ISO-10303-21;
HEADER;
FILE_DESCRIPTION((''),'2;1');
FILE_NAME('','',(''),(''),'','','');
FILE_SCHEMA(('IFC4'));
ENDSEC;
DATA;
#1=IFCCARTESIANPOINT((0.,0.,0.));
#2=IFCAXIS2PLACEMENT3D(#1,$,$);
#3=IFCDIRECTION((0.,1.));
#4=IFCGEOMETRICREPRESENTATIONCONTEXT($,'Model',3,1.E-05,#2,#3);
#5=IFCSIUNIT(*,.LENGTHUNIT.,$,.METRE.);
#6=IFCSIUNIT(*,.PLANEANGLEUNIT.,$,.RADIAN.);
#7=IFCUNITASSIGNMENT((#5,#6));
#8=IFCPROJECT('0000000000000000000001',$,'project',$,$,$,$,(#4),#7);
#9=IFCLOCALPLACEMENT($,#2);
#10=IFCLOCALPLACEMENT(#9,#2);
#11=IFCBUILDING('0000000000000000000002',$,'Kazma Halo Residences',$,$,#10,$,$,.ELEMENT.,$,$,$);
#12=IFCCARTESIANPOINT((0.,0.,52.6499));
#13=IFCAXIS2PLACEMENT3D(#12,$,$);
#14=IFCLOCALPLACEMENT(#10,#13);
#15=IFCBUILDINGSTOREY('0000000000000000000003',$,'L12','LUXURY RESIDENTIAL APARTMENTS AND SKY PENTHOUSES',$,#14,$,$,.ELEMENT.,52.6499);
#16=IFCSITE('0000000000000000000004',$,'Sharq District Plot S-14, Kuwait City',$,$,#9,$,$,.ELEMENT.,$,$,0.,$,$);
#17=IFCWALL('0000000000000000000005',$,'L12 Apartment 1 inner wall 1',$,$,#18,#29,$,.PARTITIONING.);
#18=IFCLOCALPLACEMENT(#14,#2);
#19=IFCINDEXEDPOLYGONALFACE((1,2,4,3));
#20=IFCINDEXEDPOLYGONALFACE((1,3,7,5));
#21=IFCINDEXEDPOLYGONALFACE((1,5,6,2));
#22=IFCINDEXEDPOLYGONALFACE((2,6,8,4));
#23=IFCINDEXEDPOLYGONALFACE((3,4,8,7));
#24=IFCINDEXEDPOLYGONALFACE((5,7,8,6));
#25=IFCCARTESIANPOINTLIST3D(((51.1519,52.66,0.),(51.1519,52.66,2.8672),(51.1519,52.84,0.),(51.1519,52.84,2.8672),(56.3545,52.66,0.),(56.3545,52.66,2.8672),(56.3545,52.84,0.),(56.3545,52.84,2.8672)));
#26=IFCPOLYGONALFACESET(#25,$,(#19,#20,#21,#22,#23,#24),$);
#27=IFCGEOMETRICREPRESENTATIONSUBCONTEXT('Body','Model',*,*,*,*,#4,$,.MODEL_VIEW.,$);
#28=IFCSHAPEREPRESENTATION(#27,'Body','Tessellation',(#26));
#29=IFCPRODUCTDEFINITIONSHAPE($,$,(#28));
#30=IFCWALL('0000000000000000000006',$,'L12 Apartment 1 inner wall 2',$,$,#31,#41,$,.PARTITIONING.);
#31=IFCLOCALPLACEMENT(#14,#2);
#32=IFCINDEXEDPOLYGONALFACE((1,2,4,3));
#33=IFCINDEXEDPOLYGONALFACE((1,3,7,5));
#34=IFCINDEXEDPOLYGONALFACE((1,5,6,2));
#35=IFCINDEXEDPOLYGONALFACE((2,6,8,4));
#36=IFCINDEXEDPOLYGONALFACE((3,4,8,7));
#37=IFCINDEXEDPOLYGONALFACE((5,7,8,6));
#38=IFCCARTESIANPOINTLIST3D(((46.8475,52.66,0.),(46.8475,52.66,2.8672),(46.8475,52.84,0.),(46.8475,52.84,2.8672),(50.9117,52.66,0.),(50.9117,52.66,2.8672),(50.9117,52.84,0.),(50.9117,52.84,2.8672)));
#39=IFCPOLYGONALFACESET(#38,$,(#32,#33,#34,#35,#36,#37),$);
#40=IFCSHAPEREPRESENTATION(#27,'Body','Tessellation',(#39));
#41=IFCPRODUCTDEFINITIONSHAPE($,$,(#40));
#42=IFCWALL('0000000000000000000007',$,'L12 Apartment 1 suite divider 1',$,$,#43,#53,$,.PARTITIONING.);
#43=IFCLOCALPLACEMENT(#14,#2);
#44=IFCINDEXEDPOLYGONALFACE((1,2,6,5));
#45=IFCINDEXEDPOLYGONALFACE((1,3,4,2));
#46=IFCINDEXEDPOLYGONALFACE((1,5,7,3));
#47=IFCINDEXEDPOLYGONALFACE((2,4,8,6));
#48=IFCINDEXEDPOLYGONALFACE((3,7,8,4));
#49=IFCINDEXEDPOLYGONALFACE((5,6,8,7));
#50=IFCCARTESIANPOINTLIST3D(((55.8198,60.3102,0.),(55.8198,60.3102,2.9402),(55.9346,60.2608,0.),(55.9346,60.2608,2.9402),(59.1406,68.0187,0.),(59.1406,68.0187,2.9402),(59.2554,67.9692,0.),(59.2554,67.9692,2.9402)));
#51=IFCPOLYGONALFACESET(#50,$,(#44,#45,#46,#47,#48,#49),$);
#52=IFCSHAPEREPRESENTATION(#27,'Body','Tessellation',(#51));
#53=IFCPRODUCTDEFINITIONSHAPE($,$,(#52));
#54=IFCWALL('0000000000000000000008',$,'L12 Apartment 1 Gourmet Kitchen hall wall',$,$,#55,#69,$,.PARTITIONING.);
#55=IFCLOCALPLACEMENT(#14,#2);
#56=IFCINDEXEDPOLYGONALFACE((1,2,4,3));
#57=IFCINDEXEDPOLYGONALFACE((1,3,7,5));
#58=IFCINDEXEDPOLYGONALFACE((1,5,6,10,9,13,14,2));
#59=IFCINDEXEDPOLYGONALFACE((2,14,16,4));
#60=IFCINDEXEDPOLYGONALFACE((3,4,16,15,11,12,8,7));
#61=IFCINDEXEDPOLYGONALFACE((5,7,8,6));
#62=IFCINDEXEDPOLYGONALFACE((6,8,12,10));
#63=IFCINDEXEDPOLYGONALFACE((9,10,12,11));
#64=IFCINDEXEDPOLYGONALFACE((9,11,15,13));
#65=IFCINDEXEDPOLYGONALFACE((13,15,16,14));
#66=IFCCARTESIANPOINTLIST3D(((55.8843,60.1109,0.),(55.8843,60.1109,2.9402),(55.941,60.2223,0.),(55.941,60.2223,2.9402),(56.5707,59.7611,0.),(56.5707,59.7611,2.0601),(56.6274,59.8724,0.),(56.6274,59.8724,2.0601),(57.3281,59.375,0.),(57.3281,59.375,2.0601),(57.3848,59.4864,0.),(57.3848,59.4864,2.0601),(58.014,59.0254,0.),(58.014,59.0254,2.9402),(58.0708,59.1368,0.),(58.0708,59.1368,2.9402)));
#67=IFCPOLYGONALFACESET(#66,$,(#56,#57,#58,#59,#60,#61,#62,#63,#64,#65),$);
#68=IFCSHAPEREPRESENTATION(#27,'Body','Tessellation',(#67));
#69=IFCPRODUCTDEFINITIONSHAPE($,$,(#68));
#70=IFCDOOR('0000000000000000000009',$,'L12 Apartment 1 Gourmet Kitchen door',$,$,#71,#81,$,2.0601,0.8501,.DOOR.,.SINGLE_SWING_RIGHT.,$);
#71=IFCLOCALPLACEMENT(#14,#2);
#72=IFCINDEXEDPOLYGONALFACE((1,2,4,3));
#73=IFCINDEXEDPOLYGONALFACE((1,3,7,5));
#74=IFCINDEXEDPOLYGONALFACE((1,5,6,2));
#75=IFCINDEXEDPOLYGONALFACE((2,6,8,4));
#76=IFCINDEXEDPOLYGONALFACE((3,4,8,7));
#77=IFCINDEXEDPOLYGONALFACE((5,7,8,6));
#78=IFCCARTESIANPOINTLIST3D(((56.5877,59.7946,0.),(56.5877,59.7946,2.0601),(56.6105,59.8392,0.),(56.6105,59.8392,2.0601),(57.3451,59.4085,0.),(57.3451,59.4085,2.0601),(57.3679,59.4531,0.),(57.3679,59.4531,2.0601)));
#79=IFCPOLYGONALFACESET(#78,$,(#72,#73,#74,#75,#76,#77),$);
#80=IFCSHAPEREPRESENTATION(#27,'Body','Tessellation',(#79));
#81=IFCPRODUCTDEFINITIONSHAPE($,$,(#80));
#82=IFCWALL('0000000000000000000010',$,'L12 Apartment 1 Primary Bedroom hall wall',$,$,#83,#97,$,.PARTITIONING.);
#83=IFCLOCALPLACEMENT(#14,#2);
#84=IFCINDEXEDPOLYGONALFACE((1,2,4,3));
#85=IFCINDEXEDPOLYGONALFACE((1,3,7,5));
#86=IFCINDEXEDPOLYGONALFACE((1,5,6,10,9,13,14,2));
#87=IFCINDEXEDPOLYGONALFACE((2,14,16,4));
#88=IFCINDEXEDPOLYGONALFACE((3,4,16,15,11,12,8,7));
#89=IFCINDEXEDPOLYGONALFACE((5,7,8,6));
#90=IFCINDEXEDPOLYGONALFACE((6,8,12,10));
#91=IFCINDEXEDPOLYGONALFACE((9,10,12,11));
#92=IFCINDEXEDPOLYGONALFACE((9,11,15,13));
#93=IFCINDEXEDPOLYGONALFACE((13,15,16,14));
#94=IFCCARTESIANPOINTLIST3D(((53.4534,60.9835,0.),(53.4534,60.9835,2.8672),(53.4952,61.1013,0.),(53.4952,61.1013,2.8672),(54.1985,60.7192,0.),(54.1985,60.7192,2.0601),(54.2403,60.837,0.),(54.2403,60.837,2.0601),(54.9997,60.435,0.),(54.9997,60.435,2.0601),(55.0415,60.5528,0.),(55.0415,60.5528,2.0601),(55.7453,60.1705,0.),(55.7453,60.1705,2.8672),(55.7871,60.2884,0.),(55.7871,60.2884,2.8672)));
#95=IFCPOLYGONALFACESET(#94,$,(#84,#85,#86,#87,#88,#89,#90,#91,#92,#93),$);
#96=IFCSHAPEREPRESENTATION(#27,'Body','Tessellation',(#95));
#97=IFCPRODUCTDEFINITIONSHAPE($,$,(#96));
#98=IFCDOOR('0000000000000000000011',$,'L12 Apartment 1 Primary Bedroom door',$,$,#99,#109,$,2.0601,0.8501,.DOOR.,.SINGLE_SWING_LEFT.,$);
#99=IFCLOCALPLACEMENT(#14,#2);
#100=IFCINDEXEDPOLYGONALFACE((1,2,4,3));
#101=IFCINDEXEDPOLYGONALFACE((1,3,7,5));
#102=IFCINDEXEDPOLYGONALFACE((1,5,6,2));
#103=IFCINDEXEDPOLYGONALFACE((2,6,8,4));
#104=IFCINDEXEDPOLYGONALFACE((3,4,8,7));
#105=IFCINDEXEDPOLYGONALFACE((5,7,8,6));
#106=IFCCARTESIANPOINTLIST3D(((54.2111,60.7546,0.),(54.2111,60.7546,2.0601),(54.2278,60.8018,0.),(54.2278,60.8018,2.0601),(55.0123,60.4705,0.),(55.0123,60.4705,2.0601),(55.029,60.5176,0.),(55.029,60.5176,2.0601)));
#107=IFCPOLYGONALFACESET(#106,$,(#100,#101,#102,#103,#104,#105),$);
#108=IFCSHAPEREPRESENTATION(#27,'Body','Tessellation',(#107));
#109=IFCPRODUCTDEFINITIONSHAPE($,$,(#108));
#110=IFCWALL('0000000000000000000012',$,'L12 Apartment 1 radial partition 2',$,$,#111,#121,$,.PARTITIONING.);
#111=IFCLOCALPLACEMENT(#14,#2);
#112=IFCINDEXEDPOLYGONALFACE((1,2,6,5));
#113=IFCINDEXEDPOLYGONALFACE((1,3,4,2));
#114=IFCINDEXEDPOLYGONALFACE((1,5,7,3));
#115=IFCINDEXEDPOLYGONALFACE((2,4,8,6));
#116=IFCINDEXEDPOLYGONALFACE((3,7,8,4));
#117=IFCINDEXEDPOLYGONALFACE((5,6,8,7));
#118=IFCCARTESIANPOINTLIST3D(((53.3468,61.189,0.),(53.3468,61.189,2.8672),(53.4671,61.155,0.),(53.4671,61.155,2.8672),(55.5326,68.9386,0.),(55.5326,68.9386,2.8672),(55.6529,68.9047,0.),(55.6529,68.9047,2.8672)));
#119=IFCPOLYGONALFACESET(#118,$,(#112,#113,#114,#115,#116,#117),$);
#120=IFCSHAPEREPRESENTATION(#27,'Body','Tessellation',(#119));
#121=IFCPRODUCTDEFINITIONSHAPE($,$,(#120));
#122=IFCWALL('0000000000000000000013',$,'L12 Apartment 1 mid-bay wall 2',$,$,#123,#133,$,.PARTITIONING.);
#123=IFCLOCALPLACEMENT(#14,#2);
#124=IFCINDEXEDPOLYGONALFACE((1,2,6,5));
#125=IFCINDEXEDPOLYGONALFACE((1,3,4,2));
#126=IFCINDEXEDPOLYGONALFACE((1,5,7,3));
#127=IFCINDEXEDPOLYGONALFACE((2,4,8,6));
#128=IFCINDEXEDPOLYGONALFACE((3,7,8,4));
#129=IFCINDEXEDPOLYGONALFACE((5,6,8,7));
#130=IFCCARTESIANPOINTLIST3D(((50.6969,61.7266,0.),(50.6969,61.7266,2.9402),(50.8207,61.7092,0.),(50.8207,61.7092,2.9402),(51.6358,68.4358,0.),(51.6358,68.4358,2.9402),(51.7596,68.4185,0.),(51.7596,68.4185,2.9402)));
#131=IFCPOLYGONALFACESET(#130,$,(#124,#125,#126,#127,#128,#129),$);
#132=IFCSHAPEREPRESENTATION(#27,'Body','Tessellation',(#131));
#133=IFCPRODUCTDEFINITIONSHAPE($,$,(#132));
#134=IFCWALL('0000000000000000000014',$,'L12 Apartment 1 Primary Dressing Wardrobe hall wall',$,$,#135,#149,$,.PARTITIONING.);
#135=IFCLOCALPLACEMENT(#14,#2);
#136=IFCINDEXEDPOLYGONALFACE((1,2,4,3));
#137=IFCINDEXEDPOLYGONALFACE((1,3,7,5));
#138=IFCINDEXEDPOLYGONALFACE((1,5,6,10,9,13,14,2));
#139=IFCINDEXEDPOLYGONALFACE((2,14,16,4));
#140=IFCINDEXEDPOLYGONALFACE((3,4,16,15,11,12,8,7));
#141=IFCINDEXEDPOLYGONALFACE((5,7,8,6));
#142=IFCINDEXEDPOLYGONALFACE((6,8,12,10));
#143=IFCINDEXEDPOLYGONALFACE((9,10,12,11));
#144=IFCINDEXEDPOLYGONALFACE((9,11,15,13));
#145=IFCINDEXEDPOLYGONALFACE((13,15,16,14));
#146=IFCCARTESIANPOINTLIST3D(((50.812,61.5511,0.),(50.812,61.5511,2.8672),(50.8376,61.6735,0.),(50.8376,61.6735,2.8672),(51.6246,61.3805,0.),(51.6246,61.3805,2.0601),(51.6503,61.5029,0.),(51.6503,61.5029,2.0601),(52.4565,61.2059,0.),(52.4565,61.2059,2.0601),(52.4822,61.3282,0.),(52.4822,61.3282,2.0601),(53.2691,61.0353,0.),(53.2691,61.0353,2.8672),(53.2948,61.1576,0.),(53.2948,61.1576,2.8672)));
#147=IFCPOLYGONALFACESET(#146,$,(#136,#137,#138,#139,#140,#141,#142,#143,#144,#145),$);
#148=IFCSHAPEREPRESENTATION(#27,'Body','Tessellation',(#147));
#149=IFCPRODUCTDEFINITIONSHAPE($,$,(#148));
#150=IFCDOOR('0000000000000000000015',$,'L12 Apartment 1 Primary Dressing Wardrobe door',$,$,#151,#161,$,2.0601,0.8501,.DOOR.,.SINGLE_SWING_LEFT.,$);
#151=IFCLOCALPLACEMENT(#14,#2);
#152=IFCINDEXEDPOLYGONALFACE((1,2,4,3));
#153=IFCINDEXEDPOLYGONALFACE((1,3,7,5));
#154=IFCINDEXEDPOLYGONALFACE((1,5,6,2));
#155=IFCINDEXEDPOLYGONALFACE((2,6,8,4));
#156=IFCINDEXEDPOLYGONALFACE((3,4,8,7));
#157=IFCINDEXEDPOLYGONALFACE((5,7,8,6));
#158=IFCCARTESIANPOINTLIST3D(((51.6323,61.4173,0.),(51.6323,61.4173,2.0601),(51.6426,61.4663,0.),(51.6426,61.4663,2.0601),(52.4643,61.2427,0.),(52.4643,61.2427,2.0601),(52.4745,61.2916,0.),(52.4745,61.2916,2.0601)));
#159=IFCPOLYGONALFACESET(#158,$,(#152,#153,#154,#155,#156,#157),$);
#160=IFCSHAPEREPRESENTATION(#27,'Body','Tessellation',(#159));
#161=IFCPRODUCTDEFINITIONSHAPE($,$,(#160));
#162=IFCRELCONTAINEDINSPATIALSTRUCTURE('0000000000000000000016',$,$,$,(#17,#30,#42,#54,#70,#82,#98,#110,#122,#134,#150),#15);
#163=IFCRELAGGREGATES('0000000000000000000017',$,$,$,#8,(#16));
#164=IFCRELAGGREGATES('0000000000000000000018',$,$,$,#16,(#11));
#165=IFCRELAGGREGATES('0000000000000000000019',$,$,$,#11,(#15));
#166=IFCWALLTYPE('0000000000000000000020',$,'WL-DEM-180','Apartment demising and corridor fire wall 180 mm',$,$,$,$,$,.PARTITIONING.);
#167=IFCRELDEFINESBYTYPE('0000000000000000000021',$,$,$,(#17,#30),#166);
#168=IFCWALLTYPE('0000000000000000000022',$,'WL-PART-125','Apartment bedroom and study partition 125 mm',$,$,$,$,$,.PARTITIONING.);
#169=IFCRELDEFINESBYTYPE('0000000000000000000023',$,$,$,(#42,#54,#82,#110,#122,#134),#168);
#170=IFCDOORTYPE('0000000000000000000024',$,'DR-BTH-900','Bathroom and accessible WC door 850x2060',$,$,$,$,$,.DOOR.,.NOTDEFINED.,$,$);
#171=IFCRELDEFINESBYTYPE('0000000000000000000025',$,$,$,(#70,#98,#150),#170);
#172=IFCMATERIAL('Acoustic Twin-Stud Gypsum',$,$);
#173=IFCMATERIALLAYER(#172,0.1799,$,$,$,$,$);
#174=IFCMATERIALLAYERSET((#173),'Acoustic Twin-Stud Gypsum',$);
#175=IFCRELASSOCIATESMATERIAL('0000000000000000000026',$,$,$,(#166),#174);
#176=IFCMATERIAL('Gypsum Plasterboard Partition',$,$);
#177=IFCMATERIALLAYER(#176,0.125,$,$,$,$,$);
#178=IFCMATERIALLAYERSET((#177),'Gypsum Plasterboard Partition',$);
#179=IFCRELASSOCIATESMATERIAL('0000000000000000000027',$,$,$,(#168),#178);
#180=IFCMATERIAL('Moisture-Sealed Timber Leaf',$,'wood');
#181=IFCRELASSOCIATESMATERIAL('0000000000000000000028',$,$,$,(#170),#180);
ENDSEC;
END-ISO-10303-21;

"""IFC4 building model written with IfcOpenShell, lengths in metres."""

from ifc_helpers import new_model, si_unit, direction, frame, frame_2d, origin, place, context, subcontext, project, spatial, rectangle, extrude, material, layer, layer_set, type_object, element, fill, save


model = new_model("IFC4")

# Units and contexts
model_context = context("Model", 3, precision=1e-05, world=origin(), true_north=direction((0.0, 1.0)))
body_context = subcontext(model_context, "Body", "Model", "MODEL_VIEW")
ifc_project = project(units=[si_unit("LENGTHUNIT", "METRE"), si_unit("PLANEANGLEUNIT", "RADIAN")], contexts=[model_context])

# Site, building, storey
site_placement = place(None, origin())
site = spatial("IfcSite", under=ifc_project, at=site_placement, Name="Sharq District Plot S-14, Kuwait City", CompositionType="ELEMENT", RefElevation=0.0)
building_placement = place(site_placement, origin())
building = spatial("IfcBuilding", under=site, at=building_placement, Name="Kazma Halo Residences", CompositionType="ELEMENT")
storey_placement = place(building_placement, frame((0.0, 0.0, 52.6499)))
storey = spatial("IfcBuildingStorey", under=building, at=storey_placement, Name="L12", Description="LUXURY RESIDENTIAL APARTMENTS AND SKY PENTHOUSES", CompositionType="ELEMENT", Elevation=52.6499)

# Walls
ifc_material_1 = material(Name="Acoustic Twin-Stud Gypsum")
ifc_layer_1 = layer(ifc_material_1, 0.1799)
ifc_layer_set_1 = layer_set([ifc_layer_1], Name="Acoustic Twin-Stud Gypsum")
wall_type_1 = type_object("IfcWallType", Name="WL-DEM-180", Description="Apartment demising and corridor fire wall 180 mm", PredefinedType="PARTITIONING", material=ifc_layer_set_1)
wall_1_placement = place(storey_placement, frame((56.3545, 52.75, 0.0), z_axis=(0.0, 0.0, 1.0), x_axis=(-1.0, 0.0, 0.0)))
element("IfcWall", 1, at=wall_1_placement, inside=storey, type_object=wall_type_1, Name="L12 Apartment 1 inner wall 1", PredefinedType="PARTITIONING", context=body_context, shape_type="SweptSolid", body=[
    extrude(rectangle(XDim=5.2026, YDim=0.1799, at=frame_2d((2.6013, 0.0))), origin(), (0.0, 0.0, 1.0), 2.8672),
])
wall_2_placement = place(storey_placement, frame((50.9119, 52.75, 0.0), z_axis=(0.0, 0.0, 1.0), x_axis=(-1.0, 0.0, 0.0)))
element("IfcWall", 2, at=wall_2_placement, inside=storey, type_object=wall_type_1, Name="L12 Apartment 1 inner wall 2", PredefinedType="PARTITIONING", context=body_context, shape_type="SweptSolid", body=[
    extrude(rectangle(XDim=4.0642, YDim=0.1799, at=frame_2d((2.0322, 0.0))), origin(), (0.0, 0.0, 1.0), 2.8672),
])
ifc_material_2 = material(Name="Gypsum Plasterboard Partition")
ifc_layer_2 = layer(ifc_material_2, 0.125)
ifc_layer_set_2 = layer_set([ifc_layer_2], Name="Gypsum Plasterboard Partition")
wall_type_2 = type_object("IfcWallType", Name="WL-PART-125", Description="Apartment bedroom and study partition 125 mm", PredefinedType="PARTITIONING", material=ifc_layer_set_2)
wall_3_placement = place(storey_placement, frame((55.8772, 60.2854, 0.0), z_axis=(0.0, 0.0, 1.0), x_axis=(0.395646, 0.918403, 0.0)))
element("IfcWall", 3, at=wall_3_placement, inside=storey, type_object=wall_type_2, Name="L12 Apartment 1 suite divider 1", PredefinedType="PARTITIONING", context=body_context, shape_type="SweptSolid", body=[
    extrude(rectangle(XDim=8.3933, YDim=0.125, at=frame_2d((4.1968, 0.0))), origin(), (0.0, 0.0, 1.0), 2.9402),
])

# Walls, openings, doors
wall_4_placement = place(storey_placement, frame((58.0425, 59.0811, 0.0), z_axis=(0.0, 0.0, 1.0), x_axis=(-0.890948, 0.454105, 0.0)))
wall_4 = element("IfcWall", 4, at=wall_4_placement, inside=storey, type_object=wall_type_2, Name="L12 Apartment 1 Gourmet Kitchen hall wall", PredefinedType="PARTITIONING", context=body_context, shape_type="SweptSolid", body=[
    extrude(rectangle(XDim=2.3904, YDim=0.125, at=frame_2d((1.1953, 0.0))), origin(), (0.0, 0.0, 1.0), 2.9402),
])
opening_1_placement = place(wall_4_placement, frame((0.77, 0.0, 0.0)))
opening_1 = element("IfcOpeningElement", 5, at=opening_1_placement, cuts=wall_4, PredefinedType="OPENING", context=body_context, shape_type="SweptSolid", body=[
    extrude(rectangle(XDim=0.8501, YDim=2.0601, at=frame_2d((0.425, 1.03))), frame((0.0, 0.0725, 0.0), z_axis=(0.0, -1.0, 0.0), x_axis=(1.0, 0.0, 0.0)), (0.0, 0.0, 1.0), 0.145),
])
ifc_material_3 = material(Name="Moisture-Sealed Timber Leaf", Category="wood")
door_type_1 = type_object("IfcDoorType", Name="DR-BTH-900", Description="Bathroom and accessible WC door 850x2060", OperationType="NOTDEFINED", PredefinedType="DOOR", material=ifc_material_3)
door_1_placement = place(opening_1_placement, origin())
door_1 = element("IfcDoor", 6, at=door_1_placement, inside=storey, type_object=door_type_1, Name="L12 Apartment 1 Gourmet Kitchen door", OperationType="SINGLE_SWING_RIGHT", OverallHeight=2.0601, OverallWidth=0.8501, PredefinedType="DOOR", context=body_context, shape_type="SweptSolid", body=[
    extrude(rectangle(XDim=0.8501, YDim=2.0601, at=frame_2d((0.425, 1.03))), frame((0.0, 0.0249, 0.0), z_axis=(0.0, -1.0, 0.0), x_axis=(1.0, 0.0, 0.0)), (0.0, 0.0, 1.0), 0.05),
])
fill(opening_1, door_1)
wall_5_placement = place(storey_placement, frame((55.7661, 60.2295, 0.0), z_axis=(0.0, 0.0, 1.0), x_axis=(-0.942467, 0.334301, 0.0)))
wall_5 = element("IfcWall", 7, at=wall_5_placement, inside=storey, type_object=wall_type_2, Name="L12 Apartment 1 Primary Bedroom hall wall", PredefinedType="PARTITIONING", context=body_context, shape_type="SweptSolid", body=[
    extrude(rectangle(XDim=2.4319, YDim=0.125, at=frame_2d((1.2158, 0.0))), origin(), (0.0, 0.0, 1.0), 2.8672),
])
opening_2_placement = place(wall_5_placement, frame((0.791, 0.0, 0.0)))
opening_2 = element("IfcOpeningElement", 8, at=opening_2_placement, cuts=wall_5, PredefinedType="OPENING", context=body_context, shape_type="SweptSolid", body=[
    extrude(rectangle(XDim=0.8501, YDim=2.0601, at=frame_2d((0.425, 1.03))), frame((0.0, 0.0725, 0.0), z_axis=(0.0, -1.0, 0.0), x_axis=(1.0, 0.0, 0.0)), (0.0, 0.0, 1.0), 0.145),
])
door_2_placement = place(opening_2_placement, origin())
door_2 = element("IfcDoor", 9, at=door_2_placement, inside=storey, type_object=door_type_1, Name="L12 Apartment 1 Primary Bedroom door", OperationType="SINGLE_SWING_LEFT", OverallHeight=2.0601, OverallWidth=0.8501, PredefinedType="DOOR", context=body_context, shape_type="SweptSolid", body=[
    extrude(rectangle(XDim=0.8501, YDim=2.0601, at=frame_2d((0.425, 1.03))), frame((0.0, 0.0249, 0.0), z_axis=(0.0, -1.0, 0.0), x_axis=(1.0, 0.0, 0.0)), (0.0, 0.0, 1.0), 0.05),
])
fill(opening_2, door_2)

# Walls
wall_6_placement = place(storey_placement, frame((53.407, 61.1721, 0.0), z_axis=(0.0, 0.0, 1.0), x_axis=(0.271456, 0.962451, 0.0)))
element("IfcWall", 10, at=wall_6_placement, inside=storey, type_object=wall_type_2, Name="L12 Apartment 1 radial partition 2", PredefinedType="PARTITIONING", context=body_context, shape_type="SweptSolid", body=[
    extrude(rectangle(XDim=8.052, YDim=0.125, at=frame_2d((4.0259, 0.0))), origin(), (0.0, 0.0, 1.0), 2.8672),
])
wall_7_placement = place(storey_placement, frame((50.7588, 61.718, 0.0), z_axis=(0.0, 0.0, 1.0), x_axis=(0.1386, 0.990348, 0.0)))
element("IfcWall", 11, at=wall_7_placement, inside=storey, type_object=wall_type_2, Name="L12 Apartment 1 mid-bay wall 2", PredefinedType="PARTITIONING", context=body_context, shape_type="SweptSolid", body=[
    extrude(rectangle(XDim=6.7747, YDim=0.125, at=frame_2d((3.3872, 0.0))), origin(), (0.0, 0.0, 1.0), 2.9402),
])

# Wall, opening, door
wall_8_placement = place(storey_placement, frame((53.282, 61.0964, 0.0), z_axis=(0.0, 0.0, 1.0), x_axis=(-0.978666, 0.205457, 0.0)))
wall_8 = element("IfcWall", 12, at=wall_8_placement, inside=storey, type_object=wall_type_2, Name="L12 Apartment 1 Primary Dressing Wardrobe hall wall", PredefinedType="PARTITIONING", context=body_context, shape_type="SweptSolid", body=[
    extrude(rectangle(XDim=2.5107, YDim=0.125, at=frame_2d((1.2554, 0.0))), origin(), (0.0, 0.0, 1.0), 2.8672),
])
opening_3_placement = place(wall_8_placement, frame((0.8303, 0.0, 0.0)))
opening_3 = element("IfcOpeningElement", 13, at=opening_3_placement, cuts=wall_8, PredefinedType="OPENING", context=body_context, shape_type="SweptSolid", body=[
    extrude(rectangle(XDim=0.8501, YDim=2.0601, at=frame_2d((0.425, 1.03))), frame((0.0, 0.0725, 0.0), z_axis=(0.0, -1.0, 0.0), x_axis=(1.0, 0.0, 0.0)), (0.0, 0.0, 1.0), 0.145),
])
door_3_placement = place(opening_3_placement, origin())
door_3 = element("IfcDoor", 14, at=door_3_placement, inside=storey, type_object=door_type_1, Name="L12 Apartment 1 Primary Dressing Wardrobe door", OperationType="SINGLE_SWING_LEFT", OverallHeight=2.0601, OverallWidth=0.8501, PredefinedType="DOOR", context=body_context, shape_type="SweptSolid", body=[
    extrude(rectangle(XDim=0.8501, YDim=2.0601, at=frame_2d((0.425, 1.03))), frame((0.0, 0.0249, 0.0), z_axis=(0.0, -1.0, 0.0), x_axis=(1.0, 0.0, 0.0)), (0.0, 0.0, 1.0), 0.05),
])
fill(opening_3, door_3)

save(model, "model.ifc")
